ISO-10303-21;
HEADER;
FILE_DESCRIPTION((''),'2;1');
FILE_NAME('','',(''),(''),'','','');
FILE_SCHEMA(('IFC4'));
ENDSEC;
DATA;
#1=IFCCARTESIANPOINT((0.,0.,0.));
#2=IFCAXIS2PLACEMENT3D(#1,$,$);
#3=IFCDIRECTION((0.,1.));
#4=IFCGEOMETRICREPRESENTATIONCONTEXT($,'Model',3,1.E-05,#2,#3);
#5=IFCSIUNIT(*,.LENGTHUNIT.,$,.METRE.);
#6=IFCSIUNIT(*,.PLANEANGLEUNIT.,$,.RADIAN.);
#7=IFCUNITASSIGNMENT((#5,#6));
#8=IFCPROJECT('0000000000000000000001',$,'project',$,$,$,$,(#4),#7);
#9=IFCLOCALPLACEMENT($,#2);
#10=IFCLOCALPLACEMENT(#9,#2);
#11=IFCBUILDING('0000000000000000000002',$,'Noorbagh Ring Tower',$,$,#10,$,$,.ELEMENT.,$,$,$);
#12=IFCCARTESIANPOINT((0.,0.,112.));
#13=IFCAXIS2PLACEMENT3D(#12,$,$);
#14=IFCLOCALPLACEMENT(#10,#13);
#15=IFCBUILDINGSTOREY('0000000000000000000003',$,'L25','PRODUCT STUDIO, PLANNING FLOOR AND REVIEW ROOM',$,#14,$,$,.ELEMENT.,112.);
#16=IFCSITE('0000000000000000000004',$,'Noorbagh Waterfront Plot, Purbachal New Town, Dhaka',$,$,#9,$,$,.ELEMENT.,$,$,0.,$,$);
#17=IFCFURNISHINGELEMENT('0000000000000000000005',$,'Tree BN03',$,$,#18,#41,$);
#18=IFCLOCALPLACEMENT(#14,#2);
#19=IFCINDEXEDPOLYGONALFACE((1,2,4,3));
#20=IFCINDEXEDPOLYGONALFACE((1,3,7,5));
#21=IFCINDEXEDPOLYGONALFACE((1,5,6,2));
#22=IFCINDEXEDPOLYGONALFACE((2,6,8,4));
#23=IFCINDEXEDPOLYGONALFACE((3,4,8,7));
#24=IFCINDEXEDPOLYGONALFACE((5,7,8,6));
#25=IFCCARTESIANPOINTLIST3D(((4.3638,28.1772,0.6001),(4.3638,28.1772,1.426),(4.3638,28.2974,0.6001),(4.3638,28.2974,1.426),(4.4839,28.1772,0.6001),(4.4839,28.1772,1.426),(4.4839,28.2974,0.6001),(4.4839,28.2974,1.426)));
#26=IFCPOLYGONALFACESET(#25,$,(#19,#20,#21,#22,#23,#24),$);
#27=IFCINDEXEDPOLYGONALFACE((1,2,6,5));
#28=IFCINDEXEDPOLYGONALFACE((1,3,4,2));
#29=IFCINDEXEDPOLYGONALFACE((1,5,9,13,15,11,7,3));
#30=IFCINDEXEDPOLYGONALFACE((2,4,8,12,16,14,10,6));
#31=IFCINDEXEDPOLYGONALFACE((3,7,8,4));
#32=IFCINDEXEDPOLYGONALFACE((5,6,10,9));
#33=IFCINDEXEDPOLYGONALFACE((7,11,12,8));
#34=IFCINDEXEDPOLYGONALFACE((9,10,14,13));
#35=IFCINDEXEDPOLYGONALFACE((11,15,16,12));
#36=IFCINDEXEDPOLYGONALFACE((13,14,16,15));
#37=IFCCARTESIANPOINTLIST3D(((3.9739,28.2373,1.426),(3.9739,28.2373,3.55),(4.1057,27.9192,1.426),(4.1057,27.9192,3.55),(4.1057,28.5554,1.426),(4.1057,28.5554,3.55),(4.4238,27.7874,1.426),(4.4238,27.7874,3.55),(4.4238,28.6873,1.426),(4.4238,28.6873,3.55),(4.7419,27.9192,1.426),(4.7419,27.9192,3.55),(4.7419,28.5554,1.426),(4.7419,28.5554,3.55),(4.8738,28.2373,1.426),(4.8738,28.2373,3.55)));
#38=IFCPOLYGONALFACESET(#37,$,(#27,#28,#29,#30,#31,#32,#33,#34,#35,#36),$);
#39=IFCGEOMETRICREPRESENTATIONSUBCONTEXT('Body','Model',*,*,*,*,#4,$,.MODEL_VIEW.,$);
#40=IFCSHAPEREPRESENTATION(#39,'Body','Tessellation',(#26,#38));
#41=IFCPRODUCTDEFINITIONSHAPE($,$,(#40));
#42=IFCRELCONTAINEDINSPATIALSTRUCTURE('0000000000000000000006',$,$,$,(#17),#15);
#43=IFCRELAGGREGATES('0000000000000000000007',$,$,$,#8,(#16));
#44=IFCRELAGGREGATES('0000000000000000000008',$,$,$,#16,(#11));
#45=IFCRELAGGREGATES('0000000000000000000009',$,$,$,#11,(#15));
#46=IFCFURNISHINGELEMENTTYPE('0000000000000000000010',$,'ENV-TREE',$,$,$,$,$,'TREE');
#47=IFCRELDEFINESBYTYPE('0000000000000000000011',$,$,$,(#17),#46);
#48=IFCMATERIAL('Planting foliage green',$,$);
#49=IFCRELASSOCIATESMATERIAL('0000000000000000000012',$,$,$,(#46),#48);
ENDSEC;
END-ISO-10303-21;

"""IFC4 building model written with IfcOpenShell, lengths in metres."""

from ifc_helpers import new_model, si_unit, direction, frame, origin, origin_2d, place, context, subcontext, project, spatial, polyline, rectangle, outline, extrude, material, type_object, element, save


model = new_model("IFC4")

# Units and contexts
model_context = context("Model", 3, precision=1e-05, world=origin(), true_north=direction((0.0, 1.0)))
body_context = subcontext(model_context, "Body", "Model", "MODEL_VIEW")
ifc_project = project(units=[si_unit("LENGTHUNIT", "METRE"), si_unit("PLANEANGLEUNIT", "RADIAN")], contexts=[model_context])

# Site, building, storey
site_placement = place(None, origin())
site = spatial("IfcSite", under=ifc_project, at=site_placement, Name="Noorbagh Waterfront Plot, Purbachal New Town, Dhaka", CompositionType="ELEMENT", RefElevation=0.0)
building_placement = place(site_placement, origin())
building = spatial("IfcBuilding", under=site, at=building_placement, Name="Noorbagh Ring Tower", CompositionType="ELEMENT")
storey_placement = place(building_placement, frame((0.0, 0.0, 112.0)))
storey = spatial("IfcBuildingStorey", under=building, at=storey_placement, Name="L25", Description="PRODUCT STUDIO, PLANNING FLOOR AND REVIEW ROOM", CompositionType="ELEMENT", Elevation=112.0)

# Furnishing element
ifc_material_1 = material(Name="Planting foliage green")
furnishing_element_type = type_object("IfcFurnishingElementType", Name="ENV-TREE", ElementType="TREE", material=ifc_material_1)
furnishing_placement = place(storey_placement, frame((4.4238, 28.2373, 0.6001), z_axis=(0.0, 0.0, 1.0), x_axis=(1.0, 0.0, 0.0)))
element("IfcFurnishingElement", 1, at=furnishing_placement, inside=storey, type_object=furnishing_element_type, Name="Tree BN03", context=body_context, shape_type="SweptSolid", body=[
    extrude(rectangle(XDim=0.1201, YDim=0.1201, at=origin_2d()), origin(), (0.0, 0.0, 1.0), 0.8259),
    extrude(outline(polyline([(0.45, 0.0), (0.3181, 0.3181), (0.0, 0.45), (-0.3181, 0.3181), (-0.45, 0.0), (-0.3181, -0.3181), (0.0, -0.45), (0.3181, -0.3181), (0.45, 0.0)])), frame((0.0, 0.0, 0.8259)), (0.0, 0.0, 1.0), 2.124),
])

save(model, "model.ifc")
